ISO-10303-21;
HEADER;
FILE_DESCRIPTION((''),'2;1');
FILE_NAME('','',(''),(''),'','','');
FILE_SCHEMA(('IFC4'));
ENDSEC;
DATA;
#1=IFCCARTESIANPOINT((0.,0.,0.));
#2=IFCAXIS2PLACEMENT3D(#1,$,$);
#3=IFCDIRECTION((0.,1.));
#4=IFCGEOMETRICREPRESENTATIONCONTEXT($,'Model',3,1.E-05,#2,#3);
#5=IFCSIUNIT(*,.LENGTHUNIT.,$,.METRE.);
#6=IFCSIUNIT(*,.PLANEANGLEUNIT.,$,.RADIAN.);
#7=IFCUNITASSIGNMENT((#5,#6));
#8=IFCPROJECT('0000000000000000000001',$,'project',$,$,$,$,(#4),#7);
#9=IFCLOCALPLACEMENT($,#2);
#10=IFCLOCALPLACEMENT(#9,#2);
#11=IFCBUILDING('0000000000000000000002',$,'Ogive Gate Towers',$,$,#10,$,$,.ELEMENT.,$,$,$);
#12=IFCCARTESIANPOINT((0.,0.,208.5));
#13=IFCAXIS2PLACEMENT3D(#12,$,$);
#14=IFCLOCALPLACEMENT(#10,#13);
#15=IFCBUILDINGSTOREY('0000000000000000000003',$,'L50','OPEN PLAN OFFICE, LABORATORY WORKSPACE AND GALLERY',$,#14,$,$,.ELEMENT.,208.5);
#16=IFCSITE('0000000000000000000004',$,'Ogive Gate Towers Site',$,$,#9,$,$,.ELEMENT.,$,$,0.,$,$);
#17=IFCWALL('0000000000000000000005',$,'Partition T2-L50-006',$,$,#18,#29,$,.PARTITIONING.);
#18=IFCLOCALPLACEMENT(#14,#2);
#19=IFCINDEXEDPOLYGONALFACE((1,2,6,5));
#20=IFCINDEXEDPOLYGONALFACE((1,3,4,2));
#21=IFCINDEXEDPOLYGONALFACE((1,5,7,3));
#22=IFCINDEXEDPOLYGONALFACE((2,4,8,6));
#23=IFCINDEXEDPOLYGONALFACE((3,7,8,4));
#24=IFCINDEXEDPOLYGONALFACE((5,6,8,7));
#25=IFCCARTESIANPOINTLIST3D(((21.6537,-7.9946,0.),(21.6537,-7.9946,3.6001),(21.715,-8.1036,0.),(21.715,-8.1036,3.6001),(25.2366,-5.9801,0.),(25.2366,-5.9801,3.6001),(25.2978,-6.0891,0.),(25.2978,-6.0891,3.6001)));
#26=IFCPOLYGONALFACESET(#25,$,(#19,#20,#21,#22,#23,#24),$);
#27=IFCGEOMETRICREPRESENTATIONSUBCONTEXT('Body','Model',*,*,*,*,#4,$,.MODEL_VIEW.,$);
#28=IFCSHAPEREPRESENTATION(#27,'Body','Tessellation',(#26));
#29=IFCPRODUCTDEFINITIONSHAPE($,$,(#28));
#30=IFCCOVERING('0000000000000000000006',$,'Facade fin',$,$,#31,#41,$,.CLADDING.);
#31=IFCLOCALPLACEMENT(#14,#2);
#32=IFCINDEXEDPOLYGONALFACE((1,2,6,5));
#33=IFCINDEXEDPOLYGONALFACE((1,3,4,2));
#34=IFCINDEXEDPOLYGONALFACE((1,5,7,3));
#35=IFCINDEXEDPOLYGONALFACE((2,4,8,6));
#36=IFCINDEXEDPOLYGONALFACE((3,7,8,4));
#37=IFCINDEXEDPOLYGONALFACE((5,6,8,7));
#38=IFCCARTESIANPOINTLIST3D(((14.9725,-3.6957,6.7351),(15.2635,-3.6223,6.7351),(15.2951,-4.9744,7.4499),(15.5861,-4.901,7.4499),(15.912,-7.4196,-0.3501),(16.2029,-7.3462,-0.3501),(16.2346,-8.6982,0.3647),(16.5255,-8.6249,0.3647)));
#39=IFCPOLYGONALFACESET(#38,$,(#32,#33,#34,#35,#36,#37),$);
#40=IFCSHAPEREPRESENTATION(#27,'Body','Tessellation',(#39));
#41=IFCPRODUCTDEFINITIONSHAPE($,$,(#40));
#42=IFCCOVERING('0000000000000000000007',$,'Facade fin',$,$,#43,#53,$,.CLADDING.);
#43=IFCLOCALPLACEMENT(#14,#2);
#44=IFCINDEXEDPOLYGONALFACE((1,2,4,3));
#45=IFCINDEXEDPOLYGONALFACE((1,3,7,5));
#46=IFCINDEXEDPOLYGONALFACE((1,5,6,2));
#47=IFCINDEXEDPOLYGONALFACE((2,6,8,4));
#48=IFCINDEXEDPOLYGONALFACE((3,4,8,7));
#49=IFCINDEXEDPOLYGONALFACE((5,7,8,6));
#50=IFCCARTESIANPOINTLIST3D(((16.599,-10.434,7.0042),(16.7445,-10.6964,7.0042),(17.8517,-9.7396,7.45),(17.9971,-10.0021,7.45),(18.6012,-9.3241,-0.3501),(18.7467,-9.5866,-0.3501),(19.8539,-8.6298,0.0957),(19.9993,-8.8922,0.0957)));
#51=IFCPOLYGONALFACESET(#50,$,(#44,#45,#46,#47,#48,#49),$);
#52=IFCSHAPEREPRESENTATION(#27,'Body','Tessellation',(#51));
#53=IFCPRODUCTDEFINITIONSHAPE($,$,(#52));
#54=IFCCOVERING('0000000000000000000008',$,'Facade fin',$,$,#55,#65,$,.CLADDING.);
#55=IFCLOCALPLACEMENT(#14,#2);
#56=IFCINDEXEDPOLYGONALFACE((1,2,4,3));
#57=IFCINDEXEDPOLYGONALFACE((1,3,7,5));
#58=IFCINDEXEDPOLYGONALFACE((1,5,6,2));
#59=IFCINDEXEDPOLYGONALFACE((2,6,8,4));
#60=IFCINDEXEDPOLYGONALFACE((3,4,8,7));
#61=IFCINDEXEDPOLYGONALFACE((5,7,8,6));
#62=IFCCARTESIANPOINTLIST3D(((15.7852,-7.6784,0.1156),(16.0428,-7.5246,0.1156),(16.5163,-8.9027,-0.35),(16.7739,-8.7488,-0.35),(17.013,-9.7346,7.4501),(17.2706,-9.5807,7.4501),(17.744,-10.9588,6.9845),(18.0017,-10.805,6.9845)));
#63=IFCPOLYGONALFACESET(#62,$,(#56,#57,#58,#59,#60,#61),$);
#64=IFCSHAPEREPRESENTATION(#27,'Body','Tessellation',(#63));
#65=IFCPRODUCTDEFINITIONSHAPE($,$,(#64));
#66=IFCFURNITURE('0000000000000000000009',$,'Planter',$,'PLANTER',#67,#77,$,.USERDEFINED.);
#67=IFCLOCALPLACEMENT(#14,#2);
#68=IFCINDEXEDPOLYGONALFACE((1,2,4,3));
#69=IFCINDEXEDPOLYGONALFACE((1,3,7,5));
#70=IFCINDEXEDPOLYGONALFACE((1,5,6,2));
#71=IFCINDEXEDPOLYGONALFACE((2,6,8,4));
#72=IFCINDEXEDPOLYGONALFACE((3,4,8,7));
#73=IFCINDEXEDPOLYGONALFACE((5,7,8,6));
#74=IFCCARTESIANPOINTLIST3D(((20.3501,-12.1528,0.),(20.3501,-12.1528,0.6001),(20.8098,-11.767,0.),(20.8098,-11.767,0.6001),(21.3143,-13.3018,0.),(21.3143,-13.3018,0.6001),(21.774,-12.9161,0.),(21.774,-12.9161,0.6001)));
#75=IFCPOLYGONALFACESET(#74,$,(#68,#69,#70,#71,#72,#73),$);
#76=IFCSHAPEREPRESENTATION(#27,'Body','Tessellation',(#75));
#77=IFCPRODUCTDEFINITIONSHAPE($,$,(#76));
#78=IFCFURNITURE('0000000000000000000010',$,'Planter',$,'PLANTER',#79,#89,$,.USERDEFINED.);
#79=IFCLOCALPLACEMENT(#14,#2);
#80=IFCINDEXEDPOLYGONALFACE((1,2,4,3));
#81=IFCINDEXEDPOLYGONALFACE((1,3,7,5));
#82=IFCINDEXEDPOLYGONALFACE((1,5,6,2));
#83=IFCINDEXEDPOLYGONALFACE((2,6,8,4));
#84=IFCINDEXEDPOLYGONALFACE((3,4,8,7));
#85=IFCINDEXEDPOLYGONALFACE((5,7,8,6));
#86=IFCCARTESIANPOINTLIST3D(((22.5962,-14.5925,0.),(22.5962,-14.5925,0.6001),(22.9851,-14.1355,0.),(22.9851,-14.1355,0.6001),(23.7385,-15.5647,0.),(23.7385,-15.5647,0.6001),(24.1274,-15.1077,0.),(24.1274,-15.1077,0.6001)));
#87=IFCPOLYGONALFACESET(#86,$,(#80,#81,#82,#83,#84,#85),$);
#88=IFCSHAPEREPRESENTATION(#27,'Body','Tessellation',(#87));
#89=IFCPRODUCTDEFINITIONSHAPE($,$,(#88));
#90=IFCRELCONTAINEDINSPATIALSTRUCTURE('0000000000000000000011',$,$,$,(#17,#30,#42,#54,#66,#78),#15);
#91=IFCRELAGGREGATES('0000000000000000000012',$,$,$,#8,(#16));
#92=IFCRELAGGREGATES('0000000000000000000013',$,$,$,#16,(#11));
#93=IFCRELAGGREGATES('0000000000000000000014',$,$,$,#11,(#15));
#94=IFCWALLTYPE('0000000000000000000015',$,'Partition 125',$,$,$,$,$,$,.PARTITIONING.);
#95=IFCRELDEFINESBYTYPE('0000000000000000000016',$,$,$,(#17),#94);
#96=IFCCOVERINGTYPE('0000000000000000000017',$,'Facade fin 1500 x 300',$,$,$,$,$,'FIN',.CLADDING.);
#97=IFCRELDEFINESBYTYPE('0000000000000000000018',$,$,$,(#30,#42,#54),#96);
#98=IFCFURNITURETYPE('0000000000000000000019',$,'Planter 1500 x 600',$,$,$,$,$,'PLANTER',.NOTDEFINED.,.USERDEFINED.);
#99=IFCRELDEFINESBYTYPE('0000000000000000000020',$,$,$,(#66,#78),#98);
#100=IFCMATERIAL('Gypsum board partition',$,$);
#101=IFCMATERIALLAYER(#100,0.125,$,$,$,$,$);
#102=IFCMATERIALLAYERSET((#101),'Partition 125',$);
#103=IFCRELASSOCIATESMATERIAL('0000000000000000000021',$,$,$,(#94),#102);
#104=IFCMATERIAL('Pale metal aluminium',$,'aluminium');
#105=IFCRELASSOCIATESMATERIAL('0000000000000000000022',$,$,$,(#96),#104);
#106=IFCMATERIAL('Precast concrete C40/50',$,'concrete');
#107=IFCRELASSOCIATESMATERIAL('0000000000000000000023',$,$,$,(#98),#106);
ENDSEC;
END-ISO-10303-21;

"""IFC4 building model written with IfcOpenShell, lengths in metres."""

from ifc_helpers import new_model, si_unit, direction, frame, frame_2d, origin, origin_2d, place, context, subcontext, project, spatial, rectangle, extrude, material, layer, layer_set, material_profile, profile_set, type_object, element, save


model = new_model("IFC4")

# Units and contexts
model_context = context("Model", 3, precision=1e-05, world=origin(), true_north=direction((0.0, 1.0)))
body_context = subcontext(model_context, "Body", "Model", "MODEL_VIEW")
ifc_project = project(units=[si_unit("LENGTHUNIT", "METRE"), si_unit("PLANEANGLEUNIT", "RADIAN")], contexts=[model_context])

# Site, building, storey
site_placement = place(None, origin())
site = spatial("IfcSite", under=ifc_project, at=site_placement, Name="Ogive Gate Towers Site", CompositionType="ELEMENT", RefElevation=0.0)
building_placement = place(site_placement, origin())
building = spatial("IfcBuilding", under=site, at=building_placement, Name="Ogive Gate Towers", CompositionType="ELEMENT")
storey_placement = place(building_placement, frame((0.0, 0.0, 208.5)))
storey = spatial("IfcBuildingStorey", under=building, at=storey_placement, Name="L50", Description="OPEN PLAN OFFICE, LABORATORY WORKSPACE AND GALLERY", CompositionType="ELEMENT", Elevation=208.5)

# Shared definitions
ifc_material_1 = material(Name="Pale metal aluminium", Category="aluminium")

# Wall
ifc_material_2 = material(Name="Gypsum board partition")
ifc_layer_1 = layer(ifc_material_2, 0.125)
ifc_layer_set_1 = layer_set([ifc_layer_1], Name="Partition 125")
wall_type = type_object("IfcWallType", Name="Partition 125", PredefinedType="PARTITIONING", material=ifc_layer_set_1)
wall_placement = place(storey_placement, frame((21.6843, -8.0491, 0.0), z_axis=(0.0, 0.0, 1.0), x_axis=(0.871669, 0.490095, 0.0)))
element("IfcWall", 1, at=wall_placement, inside=storey, type_object=wall_type, Name="Partition T2-L50-006", PredefinedType="PARTITIONING", context=body_context, shape_type="SweptSolid", body=[
    extrude(rectangle(XDim=4.1104, YDim=0.125, at=frame_2d((2.0552, 0.0))), origin(), (0.0, 0.0, 1.0), 3.6001),
])

# Coverings
ifc_material_profile_1 = material_profile(ifc_material_1, rectangle(XDim=0.3, YDim=1.5, at=origin_2d()), Name="1500 x 300 pale metal aluminium")
ifc_profile_set_1 = profile_set([ifc_material_profile_1], Name="Pale metal aluminium")
covering_type = type_object("IfcCoveringType", Name="Facade fin 1500 x 300", ElementType="FIN", PredefinedType="CLADDING", material=ifc_profile_set_1)
covering_1_placement = place(storey_placement, frame((16.2188, -8.0222, 0.0073), z_axis=(-0.11657, 0.462068, 0.87915), x_axis=(-0.969621, -0.244614, 0.0)))
element("IfcCovering", 2, at=covering_1_placement, inside=storey, type_object=covering_type, Name="Facade fin", PredefinedType="CLADDING", context=body_context, shape_type="SweptSolid", body=[
    extrude(rectangle(XDim=0.3, YDim=1.5, at=origin_2d()), origin(), (0.0, 0.0, 1.0), 8.0591),
])
covering_2_placement = place(storey_placement, frame((19.3003, -9.1082, -0.1272), z_axis=(-0.259948, -0.144095, 0.954811), x_axis=(0.484819, -0.874615, 0.0)))
element("IfcCovering", 3, at=covering_2_placement, inside=storey, type_object=covering_type, Name="Facade fin", PredefinedType="CLADDING", context=body_context, shape_type="SweptSolid", body=[
    extrude(rectangle(XDim=0.3, YDim=1.5, at=origin_2d()), origin(), (0.0, 0.0, 1.0), 7.7024),
])
covering_3_placement = place(storey_placement, frame((16.2795, -8.2136, -0.1172), z_axis=(0.159131, -0.266495, 0.950609), x_axis=(0.858579, 0.512681, 0.0)))
element("IfcCovering", 4, at=covering_3_placement, inside=storey, type_object=covering_type, Name="Facade fin", PredefinedType="CLADDING", context=body_context, shape_type="SweptSolid", body=[
    extrude(rectangle(XDim=0.3, YDim=1.5, at=origin_2d()), origin(), (0.0, 0.0, 1.0), 7.7156),
])

# Furniture
ifc_material_3 = material(Name="Precast concrete C40/50", Category="concrete")
furniture_type = type_object("IfcFurnitureType", Name="Planter 1500 x 600", ElementType="PLANTER", AssemblyPlace="NOTDEFINED", PredefinedType="USERDEFINED", material=ifc_material_3)
for number, where, z_axis, x_axis, name in (
    (5, (21.062, -12.5344, 0.0), (0.0, 0.0, 1.0), (0.642788, -0.766044, 0.0), "Planter"),
    (6, (23.3618, -14.8501, 0.0), (0.0, 0.0, 1.0), (0.761538, -0.64812, 0.0), "Planter"),
):
    element("IfcFurniture", number, at=place(storey_placement, frame(where, z_axis=z_axis, x_axis=x_axis)), inside=storey, type_object=furniture_type, Name=name, ObjectType="PLANTER", PredefinedType="USERDEFINED", context=body_context, shape_type="SweptSolid", body=[
        extrude(rectangle(XDim=1.5, YDim=0.6001, at=origin_2d()), origin(), (0.0, 0.0, 1.0), 0.6001),
    ])

save(model, "model.ifc")
